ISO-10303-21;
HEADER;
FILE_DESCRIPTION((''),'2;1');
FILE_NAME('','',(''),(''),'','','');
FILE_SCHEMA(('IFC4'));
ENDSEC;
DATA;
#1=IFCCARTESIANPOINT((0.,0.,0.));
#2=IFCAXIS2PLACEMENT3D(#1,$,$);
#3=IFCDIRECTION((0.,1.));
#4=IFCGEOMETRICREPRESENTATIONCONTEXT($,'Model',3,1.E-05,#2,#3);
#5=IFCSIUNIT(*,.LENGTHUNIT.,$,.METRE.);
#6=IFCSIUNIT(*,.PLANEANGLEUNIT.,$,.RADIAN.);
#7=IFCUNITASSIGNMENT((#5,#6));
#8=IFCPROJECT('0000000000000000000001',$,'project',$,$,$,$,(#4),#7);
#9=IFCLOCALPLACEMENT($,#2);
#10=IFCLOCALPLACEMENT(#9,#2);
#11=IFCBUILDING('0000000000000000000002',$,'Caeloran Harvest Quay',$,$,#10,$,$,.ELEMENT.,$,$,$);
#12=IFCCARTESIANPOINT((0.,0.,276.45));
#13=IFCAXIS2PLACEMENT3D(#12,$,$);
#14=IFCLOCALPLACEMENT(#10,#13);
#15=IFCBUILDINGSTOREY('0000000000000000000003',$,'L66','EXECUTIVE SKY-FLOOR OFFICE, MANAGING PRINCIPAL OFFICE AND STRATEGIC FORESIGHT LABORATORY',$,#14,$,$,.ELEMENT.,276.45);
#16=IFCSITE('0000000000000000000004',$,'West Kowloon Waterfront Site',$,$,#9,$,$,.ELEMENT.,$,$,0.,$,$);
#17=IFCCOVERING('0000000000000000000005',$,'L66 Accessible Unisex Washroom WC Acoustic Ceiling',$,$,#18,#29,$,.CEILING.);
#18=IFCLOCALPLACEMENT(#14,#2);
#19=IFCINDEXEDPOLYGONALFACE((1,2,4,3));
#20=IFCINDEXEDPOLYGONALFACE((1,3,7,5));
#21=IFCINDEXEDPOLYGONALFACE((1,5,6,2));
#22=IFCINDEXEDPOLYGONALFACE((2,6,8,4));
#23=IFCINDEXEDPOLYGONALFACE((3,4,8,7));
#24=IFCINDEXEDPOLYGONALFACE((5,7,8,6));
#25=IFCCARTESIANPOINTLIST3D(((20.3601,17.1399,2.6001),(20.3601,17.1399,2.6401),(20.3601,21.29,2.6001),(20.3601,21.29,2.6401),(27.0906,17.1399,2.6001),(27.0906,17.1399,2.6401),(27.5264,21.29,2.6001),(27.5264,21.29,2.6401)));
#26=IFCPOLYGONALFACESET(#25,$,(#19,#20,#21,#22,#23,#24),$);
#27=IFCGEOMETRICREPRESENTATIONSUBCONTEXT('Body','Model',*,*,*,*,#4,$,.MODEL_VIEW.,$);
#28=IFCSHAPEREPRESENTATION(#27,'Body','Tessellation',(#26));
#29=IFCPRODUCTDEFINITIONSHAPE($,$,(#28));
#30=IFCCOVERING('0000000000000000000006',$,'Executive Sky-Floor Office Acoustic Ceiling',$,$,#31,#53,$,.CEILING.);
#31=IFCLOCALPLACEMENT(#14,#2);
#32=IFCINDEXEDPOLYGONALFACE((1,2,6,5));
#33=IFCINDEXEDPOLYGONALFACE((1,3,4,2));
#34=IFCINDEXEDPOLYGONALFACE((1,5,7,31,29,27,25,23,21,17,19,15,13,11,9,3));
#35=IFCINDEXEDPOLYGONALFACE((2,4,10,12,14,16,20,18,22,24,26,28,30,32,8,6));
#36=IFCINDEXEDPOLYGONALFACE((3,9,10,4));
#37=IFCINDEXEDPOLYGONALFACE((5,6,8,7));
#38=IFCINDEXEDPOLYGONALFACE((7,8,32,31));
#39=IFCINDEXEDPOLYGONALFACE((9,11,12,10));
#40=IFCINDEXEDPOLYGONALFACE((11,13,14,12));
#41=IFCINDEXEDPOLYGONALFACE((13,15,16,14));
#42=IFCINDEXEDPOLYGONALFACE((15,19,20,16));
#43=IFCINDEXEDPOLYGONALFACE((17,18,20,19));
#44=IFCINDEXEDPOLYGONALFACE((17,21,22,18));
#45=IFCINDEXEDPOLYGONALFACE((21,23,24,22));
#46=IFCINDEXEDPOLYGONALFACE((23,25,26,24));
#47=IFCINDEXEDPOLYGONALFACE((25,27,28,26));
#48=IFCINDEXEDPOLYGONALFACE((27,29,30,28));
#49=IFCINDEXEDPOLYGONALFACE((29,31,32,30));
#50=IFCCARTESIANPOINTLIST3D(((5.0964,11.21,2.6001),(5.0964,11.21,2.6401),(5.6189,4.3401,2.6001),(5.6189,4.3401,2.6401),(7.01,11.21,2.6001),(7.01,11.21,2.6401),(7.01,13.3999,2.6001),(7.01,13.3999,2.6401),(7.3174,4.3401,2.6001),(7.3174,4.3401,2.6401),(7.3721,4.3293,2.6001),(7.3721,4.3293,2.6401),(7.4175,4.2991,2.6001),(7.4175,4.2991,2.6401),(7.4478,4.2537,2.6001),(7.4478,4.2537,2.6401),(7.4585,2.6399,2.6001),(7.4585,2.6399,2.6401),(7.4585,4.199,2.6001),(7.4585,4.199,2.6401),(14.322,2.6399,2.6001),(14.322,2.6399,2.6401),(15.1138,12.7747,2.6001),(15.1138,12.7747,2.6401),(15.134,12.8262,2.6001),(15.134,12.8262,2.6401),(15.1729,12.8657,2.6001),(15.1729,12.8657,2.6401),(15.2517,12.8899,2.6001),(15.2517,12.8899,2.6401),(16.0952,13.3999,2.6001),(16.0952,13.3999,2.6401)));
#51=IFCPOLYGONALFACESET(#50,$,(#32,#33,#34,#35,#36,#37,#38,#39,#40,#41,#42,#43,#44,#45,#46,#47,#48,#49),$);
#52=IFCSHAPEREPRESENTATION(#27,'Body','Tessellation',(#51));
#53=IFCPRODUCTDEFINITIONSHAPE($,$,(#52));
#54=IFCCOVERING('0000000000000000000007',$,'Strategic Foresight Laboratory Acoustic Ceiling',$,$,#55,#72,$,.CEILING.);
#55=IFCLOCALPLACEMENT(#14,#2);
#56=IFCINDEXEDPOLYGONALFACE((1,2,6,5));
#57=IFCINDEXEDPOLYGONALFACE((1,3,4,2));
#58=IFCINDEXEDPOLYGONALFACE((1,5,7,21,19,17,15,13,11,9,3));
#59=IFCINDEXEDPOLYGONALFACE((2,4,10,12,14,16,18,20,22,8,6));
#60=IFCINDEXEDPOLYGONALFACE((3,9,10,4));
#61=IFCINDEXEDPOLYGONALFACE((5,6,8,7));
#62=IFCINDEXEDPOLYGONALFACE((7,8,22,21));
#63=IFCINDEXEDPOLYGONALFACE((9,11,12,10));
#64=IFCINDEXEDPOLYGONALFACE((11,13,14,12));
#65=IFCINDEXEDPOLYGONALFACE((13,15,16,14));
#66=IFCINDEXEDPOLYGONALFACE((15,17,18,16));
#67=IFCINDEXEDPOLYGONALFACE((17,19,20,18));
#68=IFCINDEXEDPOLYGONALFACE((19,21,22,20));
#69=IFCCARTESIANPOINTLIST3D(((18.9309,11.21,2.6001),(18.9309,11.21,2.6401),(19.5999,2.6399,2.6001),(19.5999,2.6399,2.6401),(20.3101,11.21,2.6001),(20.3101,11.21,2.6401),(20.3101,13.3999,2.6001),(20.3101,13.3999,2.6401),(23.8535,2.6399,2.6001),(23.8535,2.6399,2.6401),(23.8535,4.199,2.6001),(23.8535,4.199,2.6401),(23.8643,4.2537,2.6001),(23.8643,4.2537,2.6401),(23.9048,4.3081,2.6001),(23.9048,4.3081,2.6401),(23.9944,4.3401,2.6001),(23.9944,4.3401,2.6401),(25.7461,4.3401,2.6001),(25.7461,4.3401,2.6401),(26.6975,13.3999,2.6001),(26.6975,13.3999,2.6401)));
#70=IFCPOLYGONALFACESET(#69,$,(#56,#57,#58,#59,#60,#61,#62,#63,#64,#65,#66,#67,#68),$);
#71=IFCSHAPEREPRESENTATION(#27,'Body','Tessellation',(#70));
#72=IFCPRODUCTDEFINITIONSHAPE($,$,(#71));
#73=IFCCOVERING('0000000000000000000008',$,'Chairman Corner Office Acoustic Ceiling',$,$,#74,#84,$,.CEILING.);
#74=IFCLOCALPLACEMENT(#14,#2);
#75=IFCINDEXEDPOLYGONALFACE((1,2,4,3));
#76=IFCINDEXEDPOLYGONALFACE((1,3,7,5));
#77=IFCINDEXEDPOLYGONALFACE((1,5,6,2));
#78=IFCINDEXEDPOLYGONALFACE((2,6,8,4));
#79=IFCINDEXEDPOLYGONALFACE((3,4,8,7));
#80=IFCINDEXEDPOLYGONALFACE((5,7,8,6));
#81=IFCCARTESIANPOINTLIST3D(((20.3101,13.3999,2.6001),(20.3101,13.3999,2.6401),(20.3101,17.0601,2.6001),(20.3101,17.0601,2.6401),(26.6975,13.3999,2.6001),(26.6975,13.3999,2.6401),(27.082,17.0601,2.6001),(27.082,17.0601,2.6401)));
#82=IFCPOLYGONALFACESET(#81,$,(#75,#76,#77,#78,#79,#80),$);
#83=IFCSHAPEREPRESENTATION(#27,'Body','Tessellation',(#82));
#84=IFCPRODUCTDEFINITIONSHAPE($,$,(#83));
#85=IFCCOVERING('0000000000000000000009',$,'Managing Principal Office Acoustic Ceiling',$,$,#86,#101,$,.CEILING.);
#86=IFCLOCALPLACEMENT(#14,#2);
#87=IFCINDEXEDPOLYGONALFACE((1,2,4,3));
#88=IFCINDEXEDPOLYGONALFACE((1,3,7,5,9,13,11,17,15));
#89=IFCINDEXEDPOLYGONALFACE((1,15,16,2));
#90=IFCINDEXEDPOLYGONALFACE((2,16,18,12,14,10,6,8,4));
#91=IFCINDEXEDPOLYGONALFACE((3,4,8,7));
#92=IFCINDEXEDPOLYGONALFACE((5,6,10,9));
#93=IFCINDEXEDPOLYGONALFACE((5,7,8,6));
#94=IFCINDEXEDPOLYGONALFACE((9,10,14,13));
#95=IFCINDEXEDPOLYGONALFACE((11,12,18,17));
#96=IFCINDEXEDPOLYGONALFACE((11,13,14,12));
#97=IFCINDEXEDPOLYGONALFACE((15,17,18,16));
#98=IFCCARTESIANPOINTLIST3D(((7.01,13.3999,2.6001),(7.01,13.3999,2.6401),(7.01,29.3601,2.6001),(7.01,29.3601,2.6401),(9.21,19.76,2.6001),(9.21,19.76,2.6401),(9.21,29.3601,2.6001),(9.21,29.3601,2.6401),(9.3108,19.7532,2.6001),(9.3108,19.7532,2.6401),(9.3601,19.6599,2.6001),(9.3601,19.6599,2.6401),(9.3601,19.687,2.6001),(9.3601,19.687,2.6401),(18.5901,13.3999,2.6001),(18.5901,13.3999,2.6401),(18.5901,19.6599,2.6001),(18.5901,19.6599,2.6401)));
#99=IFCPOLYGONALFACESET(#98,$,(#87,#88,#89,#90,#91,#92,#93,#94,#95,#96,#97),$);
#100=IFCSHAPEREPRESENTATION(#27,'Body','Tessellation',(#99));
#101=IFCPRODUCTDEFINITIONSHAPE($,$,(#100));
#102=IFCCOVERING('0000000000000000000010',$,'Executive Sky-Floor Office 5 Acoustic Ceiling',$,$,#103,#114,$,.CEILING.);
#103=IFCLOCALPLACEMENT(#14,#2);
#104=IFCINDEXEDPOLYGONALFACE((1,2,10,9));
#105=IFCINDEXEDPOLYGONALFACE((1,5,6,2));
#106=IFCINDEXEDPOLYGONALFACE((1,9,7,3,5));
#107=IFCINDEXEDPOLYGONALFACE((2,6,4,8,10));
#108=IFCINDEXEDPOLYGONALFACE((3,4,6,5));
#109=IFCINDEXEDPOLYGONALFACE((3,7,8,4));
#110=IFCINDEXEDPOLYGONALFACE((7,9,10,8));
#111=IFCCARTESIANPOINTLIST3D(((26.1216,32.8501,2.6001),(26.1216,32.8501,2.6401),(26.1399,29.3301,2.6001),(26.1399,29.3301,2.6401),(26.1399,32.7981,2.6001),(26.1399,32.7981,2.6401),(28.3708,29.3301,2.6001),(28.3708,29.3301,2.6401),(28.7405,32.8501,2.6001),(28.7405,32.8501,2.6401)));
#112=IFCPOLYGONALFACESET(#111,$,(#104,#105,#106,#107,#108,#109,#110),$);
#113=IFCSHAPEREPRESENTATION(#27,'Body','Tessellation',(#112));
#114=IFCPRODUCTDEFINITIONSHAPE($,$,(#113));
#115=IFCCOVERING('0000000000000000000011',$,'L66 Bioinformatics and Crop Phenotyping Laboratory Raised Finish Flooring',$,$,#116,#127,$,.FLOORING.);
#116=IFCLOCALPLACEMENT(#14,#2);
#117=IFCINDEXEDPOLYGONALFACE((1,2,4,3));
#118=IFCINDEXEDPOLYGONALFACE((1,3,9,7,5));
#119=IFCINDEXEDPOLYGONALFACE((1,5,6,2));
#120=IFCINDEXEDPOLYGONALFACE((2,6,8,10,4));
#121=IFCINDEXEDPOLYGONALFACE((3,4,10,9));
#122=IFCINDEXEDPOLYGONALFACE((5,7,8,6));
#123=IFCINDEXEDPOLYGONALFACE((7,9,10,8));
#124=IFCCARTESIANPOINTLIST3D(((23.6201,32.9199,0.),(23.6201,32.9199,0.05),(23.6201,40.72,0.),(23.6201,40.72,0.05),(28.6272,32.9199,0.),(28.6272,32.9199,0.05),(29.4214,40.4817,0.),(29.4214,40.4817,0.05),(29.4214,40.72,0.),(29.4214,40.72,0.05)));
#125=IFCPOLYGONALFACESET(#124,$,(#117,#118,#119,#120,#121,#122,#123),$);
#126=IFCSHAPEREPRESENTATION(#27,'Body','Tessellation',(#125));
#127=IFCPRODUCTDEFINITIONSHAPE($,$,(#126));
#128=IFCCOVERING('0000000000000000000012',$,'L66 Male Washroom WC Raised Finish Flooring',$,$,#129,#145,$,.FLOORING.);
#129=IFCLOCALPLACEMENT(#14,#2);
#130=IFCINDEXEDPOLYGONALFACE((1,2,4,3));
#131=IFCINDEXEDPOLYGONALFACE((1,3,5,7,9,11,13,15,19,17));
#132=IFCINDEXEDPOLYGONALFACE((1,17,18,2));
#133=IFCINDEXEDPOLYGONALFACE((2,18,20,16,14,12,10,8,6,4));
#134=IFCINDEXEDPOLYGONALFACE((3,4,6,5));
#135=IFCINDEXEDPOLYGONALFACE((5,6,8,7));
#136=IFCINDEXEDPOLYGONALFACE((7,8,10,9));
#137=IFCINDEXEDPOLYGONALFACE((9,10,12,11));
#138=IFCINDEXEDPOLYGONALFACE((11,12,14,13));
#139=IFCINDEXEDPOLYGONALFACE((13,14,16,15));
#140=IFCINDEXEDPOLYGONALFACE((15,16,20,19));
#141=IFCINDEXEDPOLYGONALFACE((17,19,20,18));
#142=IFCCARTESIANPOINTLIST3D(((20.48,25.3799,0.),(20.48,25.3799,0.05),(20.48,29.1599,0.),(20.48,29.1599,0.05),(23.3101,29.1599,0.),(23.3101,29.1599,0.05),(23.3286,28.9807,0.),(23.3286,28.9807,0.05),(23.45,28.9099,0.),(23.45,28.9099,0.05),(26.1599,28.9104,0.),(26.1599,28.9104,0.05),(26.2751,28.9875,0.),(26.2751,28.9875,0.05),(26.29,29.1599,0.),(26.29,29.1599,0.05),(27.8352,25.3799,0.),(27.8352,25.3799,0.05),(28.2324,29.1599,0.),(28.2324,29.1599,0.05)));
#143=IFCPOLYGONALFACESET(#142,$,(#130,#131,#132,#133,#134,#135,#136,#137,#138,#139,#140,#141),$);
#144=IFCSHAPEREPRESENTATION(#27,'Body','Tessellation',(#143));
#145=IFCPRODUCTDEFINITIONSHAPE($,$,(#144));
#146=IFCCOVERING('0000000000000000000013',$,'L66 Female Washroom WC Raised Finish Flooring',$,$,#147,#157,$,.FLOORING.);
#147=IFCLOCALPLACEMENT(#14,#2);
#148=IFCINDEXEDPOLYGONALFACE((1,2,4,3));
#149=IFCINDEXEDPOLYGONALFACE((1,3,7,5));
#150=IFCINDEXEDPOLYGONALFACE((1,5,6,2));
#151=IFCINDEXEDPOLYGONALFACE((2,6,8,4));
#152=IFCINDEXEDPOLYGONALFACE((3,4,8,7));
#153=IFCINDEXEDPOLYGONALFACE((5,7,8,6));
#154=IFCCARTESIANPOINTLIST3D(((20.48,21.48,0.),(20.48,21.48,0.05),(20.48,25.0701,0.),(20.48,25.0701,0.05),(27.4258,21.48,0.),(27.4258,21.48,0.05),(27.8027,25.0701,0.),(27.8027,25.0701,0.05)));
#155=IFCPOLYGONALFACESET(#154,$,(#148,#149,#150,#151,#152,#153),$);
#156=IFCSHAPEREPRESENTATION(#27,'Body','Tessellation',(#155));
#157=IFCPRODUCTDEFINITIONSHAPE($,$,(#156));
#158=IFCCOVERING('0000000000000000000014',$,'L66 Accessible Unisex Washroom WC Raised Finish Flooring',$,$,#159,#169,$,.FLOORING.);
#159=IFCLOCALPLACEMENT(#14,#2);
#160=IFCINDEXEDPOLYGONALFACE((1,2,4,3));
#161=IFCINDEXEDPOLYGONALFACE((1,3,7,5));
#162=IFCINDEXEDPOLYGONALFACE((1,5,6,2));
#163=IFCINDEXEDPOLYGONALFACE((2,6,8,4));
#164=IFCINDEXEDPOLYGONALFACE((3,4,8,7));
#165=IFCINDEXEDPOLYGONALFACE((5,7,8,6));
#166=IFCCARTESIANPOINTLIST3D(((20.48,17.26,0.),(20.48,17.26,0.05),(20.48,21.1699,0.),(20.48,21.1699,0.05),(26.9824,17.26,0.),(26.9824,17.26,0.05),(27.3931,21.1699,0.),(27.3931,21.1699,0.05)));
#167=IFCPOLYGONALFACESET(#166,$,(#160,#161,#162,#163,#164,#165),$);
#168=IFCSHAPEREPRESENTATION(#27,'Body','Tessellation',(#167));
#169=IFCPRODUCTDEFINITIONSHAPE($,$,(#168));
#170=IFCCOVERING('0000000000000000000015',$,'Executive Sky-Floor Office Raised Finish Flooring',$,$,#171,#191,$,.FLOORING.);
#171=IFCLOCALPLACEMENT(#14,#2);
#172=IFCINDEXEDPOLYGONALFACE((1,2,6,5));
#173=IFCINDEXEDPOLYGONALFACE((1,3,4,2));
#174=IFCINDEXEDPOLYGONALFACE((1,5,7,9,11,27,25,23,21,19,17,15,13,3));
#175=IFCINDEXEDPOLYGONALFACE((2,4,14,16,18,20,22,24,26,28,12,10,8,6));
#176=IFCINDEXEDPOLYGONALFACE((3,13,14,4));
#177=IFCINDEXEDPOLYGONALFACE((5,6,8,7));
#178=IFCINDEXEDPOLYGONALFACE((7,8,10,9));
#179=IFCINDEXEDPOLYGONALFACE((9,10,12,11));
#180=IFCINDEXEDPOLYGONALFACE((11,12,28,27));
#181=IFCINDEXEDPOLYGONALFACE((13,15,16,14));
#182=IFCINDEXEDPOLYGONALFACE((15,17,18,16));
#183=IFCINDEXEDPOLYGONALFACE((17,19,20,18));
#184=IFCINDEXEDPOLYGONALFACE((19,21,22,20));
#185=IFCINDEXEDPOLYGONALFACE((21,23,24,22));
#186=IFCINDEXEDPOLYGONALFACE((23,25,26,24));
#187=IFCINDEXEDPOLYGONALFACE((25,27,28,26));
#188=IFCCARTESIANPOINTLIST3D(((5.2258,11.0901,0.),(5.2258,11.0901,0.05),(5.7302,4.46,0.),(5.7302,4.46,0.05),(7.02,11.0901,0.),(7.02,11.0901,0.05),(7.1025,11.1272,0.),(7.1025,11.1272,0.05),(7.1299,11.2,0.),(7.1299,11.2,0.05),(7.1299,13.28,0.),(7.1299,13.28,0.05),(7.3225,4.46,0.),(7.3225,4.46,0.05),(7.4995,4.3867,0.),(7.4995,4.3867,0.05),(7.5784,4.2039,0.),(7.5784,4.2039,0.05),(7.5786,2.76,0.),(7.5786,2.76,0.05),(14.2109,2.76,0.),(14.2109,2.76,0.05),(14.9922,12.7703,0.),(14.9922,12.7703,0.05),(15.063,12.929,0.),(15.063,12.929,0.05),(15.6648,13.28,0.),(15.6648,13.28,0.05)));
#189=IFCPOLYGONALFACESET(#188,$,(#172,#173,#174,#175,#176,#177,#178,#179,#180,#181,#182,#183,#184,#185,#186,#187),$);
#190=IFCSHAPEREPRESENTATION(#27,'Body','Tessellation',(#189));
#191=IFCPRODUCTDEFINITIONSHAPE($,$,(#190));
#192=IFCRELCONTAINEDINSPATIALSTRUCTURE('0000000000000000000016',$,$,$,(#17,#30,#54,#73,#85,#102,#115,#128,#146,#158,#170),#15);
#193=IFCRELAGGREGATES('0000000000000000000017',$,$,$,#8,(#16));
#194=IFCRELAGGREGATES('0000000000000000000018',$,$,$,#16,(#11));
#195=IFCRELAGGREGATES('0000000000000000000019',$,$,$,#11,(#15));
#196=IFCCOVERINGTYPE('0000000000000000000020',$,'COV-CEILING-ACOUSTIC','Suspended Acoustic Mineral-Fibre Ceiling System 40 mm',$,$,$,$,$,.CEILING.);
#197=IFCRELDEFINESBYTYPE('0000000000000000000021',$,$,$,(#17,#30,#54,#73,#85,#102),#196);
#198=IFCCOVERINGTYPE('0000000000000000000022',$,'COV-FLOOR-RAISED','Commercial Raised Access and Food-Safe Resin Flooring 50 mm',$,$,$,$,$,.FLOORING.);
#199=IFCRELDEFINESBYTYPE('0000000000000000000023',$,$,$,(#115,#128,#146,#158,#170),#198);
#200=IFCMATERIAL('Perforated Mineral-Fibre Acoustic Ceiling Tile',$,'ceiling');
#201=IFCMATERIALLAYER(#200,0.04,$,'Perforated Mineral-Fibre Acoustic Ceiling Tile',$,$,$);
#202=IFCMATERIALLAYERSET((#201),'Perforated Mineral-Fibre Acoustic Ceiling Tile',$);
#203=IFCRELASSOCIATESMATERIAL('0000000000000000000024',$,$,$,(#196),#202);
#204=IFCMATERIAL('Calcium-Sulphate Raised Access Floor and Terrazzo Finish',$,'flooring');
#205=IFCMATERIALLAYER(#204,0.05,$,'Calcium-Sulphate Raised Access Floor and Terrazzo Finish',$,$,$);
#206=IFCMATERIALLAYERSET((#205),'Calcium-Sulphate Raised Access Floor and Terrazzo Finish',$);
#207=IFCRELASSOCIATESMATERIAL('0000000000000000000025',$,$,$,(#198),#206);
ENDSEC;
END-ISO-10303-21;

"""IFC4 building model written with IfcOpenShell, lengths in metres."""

from ifc_helpers import new_model, si_unit, direction, frame, origin, place, context, subcontext, project, spatial, polyline, outline, extrude, material, layer, layer_set, type_object, element, save


model = new_model("IFC4")

# Units and contexts
model_context = context("Model", 3, precision=1e-05, world=origin(), true_north=direction((0.0, 1.0)))
body_context = subcontext(model_context, "Body", "Model", "MODEL_VIEW")
ifc_project = project(units=[si_unit("LENGTHUNIT", "METRE"), si_unit("PLANEANGLEUNIT", "RADIAN")], contexts=[model_context])

# Site, building, storey
site_placement = place(None, origin())
site = spatial("IfcSite", under=ifc_project, at=site_placement, Name="West Kowloon Waterfront Site", CompositionType="ELEMENT", RefElevation=0.0)
building_placement = place(site_placement, origin())
building = spatial("IfcBuilding", under=site, at=building_placement, Name="Caeloran Harvest Quay", CompositionType="ELEMENT")
storey_placement = place(building_placement, frame((0.0, 0.0, 276.45)))
storey = spatial("IfcBuildingStorey", under=building, at=storey_placement, Name="L66", Description="EXECUTIVE SKY-FLOOR OFFICE, MANAGING PRINCIPAL OFFICE AND STRATEGIC FORESIGHT LABORATORY", CompositionType="ELEMENT", Elevation=276.45)

# Coverings
ifc_material_1 = material(Name="Perforated Mineral-Fibre Acoustic Ceiling Tile", Category="ceiling")
ifc_layer_1 = layer(ifc_material_1, 0.04, Name="Perforated Mineral-Fibre Acoustic Ceiling Tile")
ifc_layer_set_1 = layer_set([ifc_layer_1], Name="Perforated Mineral-Fibre Acoustic Ceiling Tile")
covering_type_1 = type_object("IfcCoveringType", Name="COV-CEILING-ACOUSTIC", Description="Suspended Acoustic Mineral-Fibre Ceiling System 40 mm", PredefinedType="CEILING", material=ifc_layer_set_1)
covering_1_placement = place(storey_placement, frame((0.0, 0.0, 2.6001)))
element("IfcCovering", 1, at=covering_1_placement, inside=storey, type_object=covering_type_1, Name="L66 Accessible Unisex Washroom WC Acoustic Ceiling", PredefinedType="CEILING", context=body_context, shape_type="SweptSolid", body=[
    extrude(outline(polyline([(27.5264, 21.29), (27.0906, 17.1399), (20.3601, 17.1399), (20.3601, 21.29), (27.5264, 21.29)])), origin(), (0.0, 0.0, 1.0), 0.04),
])
covering_2_placement = place(storey_placement, frame((0.0, 0.0, 2.6001)))
element("IfcCovering", 2, at=covering_2_placement, inside=storey, type_object=covering_type_1, Name="Executive Sky-Floor Office Acoustic Ceiling", PredefinedType="CEILING", context=body_context, shape_type="SweptSolid", body=[
    extrude(outline(polyline([(7.01, 11.21), (7.01, 13.3999), (16.0952, 13.3999), (15.2517, 12.8899), (15.1729, 12.8657), (15.134, 12.8262), (15.1138, 12.7747), (14.322, 2.6399), (7.4585, 2.6399), (7.4585, 4.199), (7.4478, 4.2537), (7.4175, 4.2991), (7.3721, 4.3293), (7.3174, 4.3401), (5.6189, 4.3401), (5.0964, 11.21), (7.01, 11.21)])), origin(), (0.0, 0.0, 1.0), 0.04),
])
covering_3_placement = place(storey_placement, frame((0.0, 0.0, 2.6001)))
element("IfcCovering", 3, at=covering_3_placement, inside=storey, type_object=covering_type_1, Name="Strategic Foresight Laboratory Acoustic Ceiling", PredefinedType="CEILING", context=body_context, shape_type="SweptSolid", body=[
    extrude(outline(polyline([(20.3101, 11.21), (20.3101, 13.3999), (26.6975, 13.3999), (25.7461, 4.3401), (23.9944, 4.3401), (23.9048, 4.3081), (23.8643, 4.2537), (23.8535, 4.199), (23.8535, 2.6399), (19.5999, 2.6399), (18.9309, 11.21), (20.3101, 11.21)])), origin(), (0.0, 0.0, 1.0), 0.04),
])
covering_4_placement = place(storey_placement, frame((0.0, 0.0, 2.6001)))
element("IfcCovering", 4, at=covering_4_placement, inside=storey, type_object=covering_type_1, Name="Chairman Corner Office Acoustic Ceiling", PredefinedType="CEILING", context=body_context, shape_type="SweptSolid", body=[
    extrude(outline(polyline([(20.3101, 17.0601), (27.082, 17.0601), (26.6975, 13.3999), (20.3101, 13.3999), (20.3101, 17.0601)])), origin(), (0.0, 0.0, 1.0), 0.04),
])
covering_5_placement = place(storey_placement, frame((0.0, 0.0, 2.6001)))
element("IfcCovering", 5, at=covering_5_placement, inside=storey, type_object=covering_type_1, Name="Managing Principal Office Acoustic Ceiling", PredefinedType="CEILING", context=body_context, shape_type="SweptSolid", body=[
    extrude(outline(polyline([(9.3108, 19.7532), (9.3601, 19.687), (9.3601, 19.6599), (18.5901, 19.6599), (18.5901, 13.3999), (7.01, 13.3999), (7.01, 29.3601), (9.21, 29.3601), (9.21, 19.76), (9.3108, 19.7532)])), origin(), (0.0, 0.0, 1.0), 0.04),
])
covering_6_placement = place(storey_placement, frame((0.0, 0.0, 2.6001)))
element("IfcCovering", 6, at=covering_6_placement, inside=storey, type_object=covering_type_1, Name="Executive Sky-Floor Office 5 Acoustic Ceiling", PredefinedType="CEILING", context=body_context, shape_type="SweptSolid", body=[
    extrude(outline(polyline([(26.1399, 32.7981), (26.1216, 32.8501), (28.7405, 32.8501), (28.3708, 29.3301), (26.1399, 29.3301), (26.1399, 32.7981)])), origin(), (0.0, 0.0, 1.0), 0.04),
])
ifc_material_2 = material(Name="Calcium-Sulphate Raised Access Floor and Terrazzo Finish", Category="flooring")
ifc_layer_2 = layer(ifc_material_2, 0.05, Name="Calcium-Sulphate Raised Access Floor and Terrazzo Finish")
ifc_layer_set_2 = layer_set([ifc_layer_2], Name="Calcium-Sulphate Raised Access Floor and Terrazzo Finish")
covering_type_2 = type_object("IfcCoveringType", Name="COV-FLOOR-RAISED", Description="Commercial Raised Access and Food-Safe Resin Flooring 50 mm", PredefinedType="FLOORING", material=ifc_layer_set_2)
covering_7_placement = place(storey_placement, origin())
element("IfcCovering", 7, at=covering_7_placement, inside=storey, type_object=covering_type_2, Name="L66 Bioinformatics and Crop Phenotyping Laboratory Raised Finish Flooring", PredefinedType="FLOORING", context=body_context, shape_type="SweptSolid", body=[
    extrude(outline(polyline([(29.4214, 40.4817), (28.6272, 32.9199), (23.6201, 32.9199), (23.6201, 40.72), (29.4214, 40.72), (29.4214, 40.4817)])), origin(), (0.0, 0.0, 1.0), 0.05),
])
covering_8_placement = place(storey_placement, origin())
element("IfcCovering", 8, at=covering_8_placement, inside=storey, type_object=covering_type_2, Name="L66 Male Washroom WC Raised Finish Flooring", PredefinedType="FLOORING", context=body_context, shape_type="SweptSolid", body=[
    extrude(outline(polyline([(23.3101, 29.1599), (23.3286, 28.9807), (23.45, 28.9099), (26.1599, 28.9104), (26.2751, 28.9875), (26.29, 29.1599), (28.2324, 29.1599), (27.8352, 25.3799), (20.48, 25.3799), (20.48, 29.1599), (23.3101, 29.1599)])), origin(), (0.0, 0.0, 1.0), 0.05),
])
covering_9_placement = place(storey_placement, origin())
element("IfcCovering", 9, at=covering_9_placement, inside=storey, type_object=covering_type_2, Name="L66 Female Washroom WC Raised Finish Flooring", PredefinedType="FLOORING", context=body_context, shape_type="SweptSolid", body=[
    extrude(outline(polyline([(27.8027, 25.0701), (27.4258, 21.48), (20.48, 21.48), (20.48, 25.0701), (27.8027, 25.0701)])), origin(), (0.0, 0.0, 1.0), 0.05),
])
covering_10_placement = place(storey_placement, origin())
element("IfcCovering", 10, at=covering_10_placement, inside=storey, type_object=covering_type_2, Name="L66 Accessible Unisex Washroom WC Raised Finish Flooring", PredefinedType="FLOORING", context=body_context, shape_type="SweptSolid", body=[
    extrude(outline(polyline([(27.3931, 21.1699), (26.9824, 17.26), (20.48, 17.26), (20.48, 21.1699), (27.3931, 21.1699)])), origin(), (0.0, 0.0, 1.0), 0.05),
])
covering_11_placement = place(storey_placement, origin())
element("IfcCovering", 11, at=covering_11_placement, inside=storey, type_object=covering_type_2, Name="Executive Sky-Floor Office Raised Finish Flooring", PredefinedType="FLOORING", context=body_context, shape_type="SweptSolid", body=[
    extrude(outline(polyline([(15.6648, 13.28), (15.063, 12.929), (14.9922, 12.7703), (14.2109, 2.76), (7.5786, 2.76), (7.5784, 4.2039), (7.4995, 4.3867), (7.3225, 4.46), (5.7302, 4.46), (5.2258, 11.0901), (7.02, 11.0901), (7.1025, 11.1272), (7.1299, 11.2), (7.1299, 13.28), (15.6648, 13.28)])), origin(), (0.0, 0.0, 1.0), 0.05),
])

save(model, "model.ifc")
